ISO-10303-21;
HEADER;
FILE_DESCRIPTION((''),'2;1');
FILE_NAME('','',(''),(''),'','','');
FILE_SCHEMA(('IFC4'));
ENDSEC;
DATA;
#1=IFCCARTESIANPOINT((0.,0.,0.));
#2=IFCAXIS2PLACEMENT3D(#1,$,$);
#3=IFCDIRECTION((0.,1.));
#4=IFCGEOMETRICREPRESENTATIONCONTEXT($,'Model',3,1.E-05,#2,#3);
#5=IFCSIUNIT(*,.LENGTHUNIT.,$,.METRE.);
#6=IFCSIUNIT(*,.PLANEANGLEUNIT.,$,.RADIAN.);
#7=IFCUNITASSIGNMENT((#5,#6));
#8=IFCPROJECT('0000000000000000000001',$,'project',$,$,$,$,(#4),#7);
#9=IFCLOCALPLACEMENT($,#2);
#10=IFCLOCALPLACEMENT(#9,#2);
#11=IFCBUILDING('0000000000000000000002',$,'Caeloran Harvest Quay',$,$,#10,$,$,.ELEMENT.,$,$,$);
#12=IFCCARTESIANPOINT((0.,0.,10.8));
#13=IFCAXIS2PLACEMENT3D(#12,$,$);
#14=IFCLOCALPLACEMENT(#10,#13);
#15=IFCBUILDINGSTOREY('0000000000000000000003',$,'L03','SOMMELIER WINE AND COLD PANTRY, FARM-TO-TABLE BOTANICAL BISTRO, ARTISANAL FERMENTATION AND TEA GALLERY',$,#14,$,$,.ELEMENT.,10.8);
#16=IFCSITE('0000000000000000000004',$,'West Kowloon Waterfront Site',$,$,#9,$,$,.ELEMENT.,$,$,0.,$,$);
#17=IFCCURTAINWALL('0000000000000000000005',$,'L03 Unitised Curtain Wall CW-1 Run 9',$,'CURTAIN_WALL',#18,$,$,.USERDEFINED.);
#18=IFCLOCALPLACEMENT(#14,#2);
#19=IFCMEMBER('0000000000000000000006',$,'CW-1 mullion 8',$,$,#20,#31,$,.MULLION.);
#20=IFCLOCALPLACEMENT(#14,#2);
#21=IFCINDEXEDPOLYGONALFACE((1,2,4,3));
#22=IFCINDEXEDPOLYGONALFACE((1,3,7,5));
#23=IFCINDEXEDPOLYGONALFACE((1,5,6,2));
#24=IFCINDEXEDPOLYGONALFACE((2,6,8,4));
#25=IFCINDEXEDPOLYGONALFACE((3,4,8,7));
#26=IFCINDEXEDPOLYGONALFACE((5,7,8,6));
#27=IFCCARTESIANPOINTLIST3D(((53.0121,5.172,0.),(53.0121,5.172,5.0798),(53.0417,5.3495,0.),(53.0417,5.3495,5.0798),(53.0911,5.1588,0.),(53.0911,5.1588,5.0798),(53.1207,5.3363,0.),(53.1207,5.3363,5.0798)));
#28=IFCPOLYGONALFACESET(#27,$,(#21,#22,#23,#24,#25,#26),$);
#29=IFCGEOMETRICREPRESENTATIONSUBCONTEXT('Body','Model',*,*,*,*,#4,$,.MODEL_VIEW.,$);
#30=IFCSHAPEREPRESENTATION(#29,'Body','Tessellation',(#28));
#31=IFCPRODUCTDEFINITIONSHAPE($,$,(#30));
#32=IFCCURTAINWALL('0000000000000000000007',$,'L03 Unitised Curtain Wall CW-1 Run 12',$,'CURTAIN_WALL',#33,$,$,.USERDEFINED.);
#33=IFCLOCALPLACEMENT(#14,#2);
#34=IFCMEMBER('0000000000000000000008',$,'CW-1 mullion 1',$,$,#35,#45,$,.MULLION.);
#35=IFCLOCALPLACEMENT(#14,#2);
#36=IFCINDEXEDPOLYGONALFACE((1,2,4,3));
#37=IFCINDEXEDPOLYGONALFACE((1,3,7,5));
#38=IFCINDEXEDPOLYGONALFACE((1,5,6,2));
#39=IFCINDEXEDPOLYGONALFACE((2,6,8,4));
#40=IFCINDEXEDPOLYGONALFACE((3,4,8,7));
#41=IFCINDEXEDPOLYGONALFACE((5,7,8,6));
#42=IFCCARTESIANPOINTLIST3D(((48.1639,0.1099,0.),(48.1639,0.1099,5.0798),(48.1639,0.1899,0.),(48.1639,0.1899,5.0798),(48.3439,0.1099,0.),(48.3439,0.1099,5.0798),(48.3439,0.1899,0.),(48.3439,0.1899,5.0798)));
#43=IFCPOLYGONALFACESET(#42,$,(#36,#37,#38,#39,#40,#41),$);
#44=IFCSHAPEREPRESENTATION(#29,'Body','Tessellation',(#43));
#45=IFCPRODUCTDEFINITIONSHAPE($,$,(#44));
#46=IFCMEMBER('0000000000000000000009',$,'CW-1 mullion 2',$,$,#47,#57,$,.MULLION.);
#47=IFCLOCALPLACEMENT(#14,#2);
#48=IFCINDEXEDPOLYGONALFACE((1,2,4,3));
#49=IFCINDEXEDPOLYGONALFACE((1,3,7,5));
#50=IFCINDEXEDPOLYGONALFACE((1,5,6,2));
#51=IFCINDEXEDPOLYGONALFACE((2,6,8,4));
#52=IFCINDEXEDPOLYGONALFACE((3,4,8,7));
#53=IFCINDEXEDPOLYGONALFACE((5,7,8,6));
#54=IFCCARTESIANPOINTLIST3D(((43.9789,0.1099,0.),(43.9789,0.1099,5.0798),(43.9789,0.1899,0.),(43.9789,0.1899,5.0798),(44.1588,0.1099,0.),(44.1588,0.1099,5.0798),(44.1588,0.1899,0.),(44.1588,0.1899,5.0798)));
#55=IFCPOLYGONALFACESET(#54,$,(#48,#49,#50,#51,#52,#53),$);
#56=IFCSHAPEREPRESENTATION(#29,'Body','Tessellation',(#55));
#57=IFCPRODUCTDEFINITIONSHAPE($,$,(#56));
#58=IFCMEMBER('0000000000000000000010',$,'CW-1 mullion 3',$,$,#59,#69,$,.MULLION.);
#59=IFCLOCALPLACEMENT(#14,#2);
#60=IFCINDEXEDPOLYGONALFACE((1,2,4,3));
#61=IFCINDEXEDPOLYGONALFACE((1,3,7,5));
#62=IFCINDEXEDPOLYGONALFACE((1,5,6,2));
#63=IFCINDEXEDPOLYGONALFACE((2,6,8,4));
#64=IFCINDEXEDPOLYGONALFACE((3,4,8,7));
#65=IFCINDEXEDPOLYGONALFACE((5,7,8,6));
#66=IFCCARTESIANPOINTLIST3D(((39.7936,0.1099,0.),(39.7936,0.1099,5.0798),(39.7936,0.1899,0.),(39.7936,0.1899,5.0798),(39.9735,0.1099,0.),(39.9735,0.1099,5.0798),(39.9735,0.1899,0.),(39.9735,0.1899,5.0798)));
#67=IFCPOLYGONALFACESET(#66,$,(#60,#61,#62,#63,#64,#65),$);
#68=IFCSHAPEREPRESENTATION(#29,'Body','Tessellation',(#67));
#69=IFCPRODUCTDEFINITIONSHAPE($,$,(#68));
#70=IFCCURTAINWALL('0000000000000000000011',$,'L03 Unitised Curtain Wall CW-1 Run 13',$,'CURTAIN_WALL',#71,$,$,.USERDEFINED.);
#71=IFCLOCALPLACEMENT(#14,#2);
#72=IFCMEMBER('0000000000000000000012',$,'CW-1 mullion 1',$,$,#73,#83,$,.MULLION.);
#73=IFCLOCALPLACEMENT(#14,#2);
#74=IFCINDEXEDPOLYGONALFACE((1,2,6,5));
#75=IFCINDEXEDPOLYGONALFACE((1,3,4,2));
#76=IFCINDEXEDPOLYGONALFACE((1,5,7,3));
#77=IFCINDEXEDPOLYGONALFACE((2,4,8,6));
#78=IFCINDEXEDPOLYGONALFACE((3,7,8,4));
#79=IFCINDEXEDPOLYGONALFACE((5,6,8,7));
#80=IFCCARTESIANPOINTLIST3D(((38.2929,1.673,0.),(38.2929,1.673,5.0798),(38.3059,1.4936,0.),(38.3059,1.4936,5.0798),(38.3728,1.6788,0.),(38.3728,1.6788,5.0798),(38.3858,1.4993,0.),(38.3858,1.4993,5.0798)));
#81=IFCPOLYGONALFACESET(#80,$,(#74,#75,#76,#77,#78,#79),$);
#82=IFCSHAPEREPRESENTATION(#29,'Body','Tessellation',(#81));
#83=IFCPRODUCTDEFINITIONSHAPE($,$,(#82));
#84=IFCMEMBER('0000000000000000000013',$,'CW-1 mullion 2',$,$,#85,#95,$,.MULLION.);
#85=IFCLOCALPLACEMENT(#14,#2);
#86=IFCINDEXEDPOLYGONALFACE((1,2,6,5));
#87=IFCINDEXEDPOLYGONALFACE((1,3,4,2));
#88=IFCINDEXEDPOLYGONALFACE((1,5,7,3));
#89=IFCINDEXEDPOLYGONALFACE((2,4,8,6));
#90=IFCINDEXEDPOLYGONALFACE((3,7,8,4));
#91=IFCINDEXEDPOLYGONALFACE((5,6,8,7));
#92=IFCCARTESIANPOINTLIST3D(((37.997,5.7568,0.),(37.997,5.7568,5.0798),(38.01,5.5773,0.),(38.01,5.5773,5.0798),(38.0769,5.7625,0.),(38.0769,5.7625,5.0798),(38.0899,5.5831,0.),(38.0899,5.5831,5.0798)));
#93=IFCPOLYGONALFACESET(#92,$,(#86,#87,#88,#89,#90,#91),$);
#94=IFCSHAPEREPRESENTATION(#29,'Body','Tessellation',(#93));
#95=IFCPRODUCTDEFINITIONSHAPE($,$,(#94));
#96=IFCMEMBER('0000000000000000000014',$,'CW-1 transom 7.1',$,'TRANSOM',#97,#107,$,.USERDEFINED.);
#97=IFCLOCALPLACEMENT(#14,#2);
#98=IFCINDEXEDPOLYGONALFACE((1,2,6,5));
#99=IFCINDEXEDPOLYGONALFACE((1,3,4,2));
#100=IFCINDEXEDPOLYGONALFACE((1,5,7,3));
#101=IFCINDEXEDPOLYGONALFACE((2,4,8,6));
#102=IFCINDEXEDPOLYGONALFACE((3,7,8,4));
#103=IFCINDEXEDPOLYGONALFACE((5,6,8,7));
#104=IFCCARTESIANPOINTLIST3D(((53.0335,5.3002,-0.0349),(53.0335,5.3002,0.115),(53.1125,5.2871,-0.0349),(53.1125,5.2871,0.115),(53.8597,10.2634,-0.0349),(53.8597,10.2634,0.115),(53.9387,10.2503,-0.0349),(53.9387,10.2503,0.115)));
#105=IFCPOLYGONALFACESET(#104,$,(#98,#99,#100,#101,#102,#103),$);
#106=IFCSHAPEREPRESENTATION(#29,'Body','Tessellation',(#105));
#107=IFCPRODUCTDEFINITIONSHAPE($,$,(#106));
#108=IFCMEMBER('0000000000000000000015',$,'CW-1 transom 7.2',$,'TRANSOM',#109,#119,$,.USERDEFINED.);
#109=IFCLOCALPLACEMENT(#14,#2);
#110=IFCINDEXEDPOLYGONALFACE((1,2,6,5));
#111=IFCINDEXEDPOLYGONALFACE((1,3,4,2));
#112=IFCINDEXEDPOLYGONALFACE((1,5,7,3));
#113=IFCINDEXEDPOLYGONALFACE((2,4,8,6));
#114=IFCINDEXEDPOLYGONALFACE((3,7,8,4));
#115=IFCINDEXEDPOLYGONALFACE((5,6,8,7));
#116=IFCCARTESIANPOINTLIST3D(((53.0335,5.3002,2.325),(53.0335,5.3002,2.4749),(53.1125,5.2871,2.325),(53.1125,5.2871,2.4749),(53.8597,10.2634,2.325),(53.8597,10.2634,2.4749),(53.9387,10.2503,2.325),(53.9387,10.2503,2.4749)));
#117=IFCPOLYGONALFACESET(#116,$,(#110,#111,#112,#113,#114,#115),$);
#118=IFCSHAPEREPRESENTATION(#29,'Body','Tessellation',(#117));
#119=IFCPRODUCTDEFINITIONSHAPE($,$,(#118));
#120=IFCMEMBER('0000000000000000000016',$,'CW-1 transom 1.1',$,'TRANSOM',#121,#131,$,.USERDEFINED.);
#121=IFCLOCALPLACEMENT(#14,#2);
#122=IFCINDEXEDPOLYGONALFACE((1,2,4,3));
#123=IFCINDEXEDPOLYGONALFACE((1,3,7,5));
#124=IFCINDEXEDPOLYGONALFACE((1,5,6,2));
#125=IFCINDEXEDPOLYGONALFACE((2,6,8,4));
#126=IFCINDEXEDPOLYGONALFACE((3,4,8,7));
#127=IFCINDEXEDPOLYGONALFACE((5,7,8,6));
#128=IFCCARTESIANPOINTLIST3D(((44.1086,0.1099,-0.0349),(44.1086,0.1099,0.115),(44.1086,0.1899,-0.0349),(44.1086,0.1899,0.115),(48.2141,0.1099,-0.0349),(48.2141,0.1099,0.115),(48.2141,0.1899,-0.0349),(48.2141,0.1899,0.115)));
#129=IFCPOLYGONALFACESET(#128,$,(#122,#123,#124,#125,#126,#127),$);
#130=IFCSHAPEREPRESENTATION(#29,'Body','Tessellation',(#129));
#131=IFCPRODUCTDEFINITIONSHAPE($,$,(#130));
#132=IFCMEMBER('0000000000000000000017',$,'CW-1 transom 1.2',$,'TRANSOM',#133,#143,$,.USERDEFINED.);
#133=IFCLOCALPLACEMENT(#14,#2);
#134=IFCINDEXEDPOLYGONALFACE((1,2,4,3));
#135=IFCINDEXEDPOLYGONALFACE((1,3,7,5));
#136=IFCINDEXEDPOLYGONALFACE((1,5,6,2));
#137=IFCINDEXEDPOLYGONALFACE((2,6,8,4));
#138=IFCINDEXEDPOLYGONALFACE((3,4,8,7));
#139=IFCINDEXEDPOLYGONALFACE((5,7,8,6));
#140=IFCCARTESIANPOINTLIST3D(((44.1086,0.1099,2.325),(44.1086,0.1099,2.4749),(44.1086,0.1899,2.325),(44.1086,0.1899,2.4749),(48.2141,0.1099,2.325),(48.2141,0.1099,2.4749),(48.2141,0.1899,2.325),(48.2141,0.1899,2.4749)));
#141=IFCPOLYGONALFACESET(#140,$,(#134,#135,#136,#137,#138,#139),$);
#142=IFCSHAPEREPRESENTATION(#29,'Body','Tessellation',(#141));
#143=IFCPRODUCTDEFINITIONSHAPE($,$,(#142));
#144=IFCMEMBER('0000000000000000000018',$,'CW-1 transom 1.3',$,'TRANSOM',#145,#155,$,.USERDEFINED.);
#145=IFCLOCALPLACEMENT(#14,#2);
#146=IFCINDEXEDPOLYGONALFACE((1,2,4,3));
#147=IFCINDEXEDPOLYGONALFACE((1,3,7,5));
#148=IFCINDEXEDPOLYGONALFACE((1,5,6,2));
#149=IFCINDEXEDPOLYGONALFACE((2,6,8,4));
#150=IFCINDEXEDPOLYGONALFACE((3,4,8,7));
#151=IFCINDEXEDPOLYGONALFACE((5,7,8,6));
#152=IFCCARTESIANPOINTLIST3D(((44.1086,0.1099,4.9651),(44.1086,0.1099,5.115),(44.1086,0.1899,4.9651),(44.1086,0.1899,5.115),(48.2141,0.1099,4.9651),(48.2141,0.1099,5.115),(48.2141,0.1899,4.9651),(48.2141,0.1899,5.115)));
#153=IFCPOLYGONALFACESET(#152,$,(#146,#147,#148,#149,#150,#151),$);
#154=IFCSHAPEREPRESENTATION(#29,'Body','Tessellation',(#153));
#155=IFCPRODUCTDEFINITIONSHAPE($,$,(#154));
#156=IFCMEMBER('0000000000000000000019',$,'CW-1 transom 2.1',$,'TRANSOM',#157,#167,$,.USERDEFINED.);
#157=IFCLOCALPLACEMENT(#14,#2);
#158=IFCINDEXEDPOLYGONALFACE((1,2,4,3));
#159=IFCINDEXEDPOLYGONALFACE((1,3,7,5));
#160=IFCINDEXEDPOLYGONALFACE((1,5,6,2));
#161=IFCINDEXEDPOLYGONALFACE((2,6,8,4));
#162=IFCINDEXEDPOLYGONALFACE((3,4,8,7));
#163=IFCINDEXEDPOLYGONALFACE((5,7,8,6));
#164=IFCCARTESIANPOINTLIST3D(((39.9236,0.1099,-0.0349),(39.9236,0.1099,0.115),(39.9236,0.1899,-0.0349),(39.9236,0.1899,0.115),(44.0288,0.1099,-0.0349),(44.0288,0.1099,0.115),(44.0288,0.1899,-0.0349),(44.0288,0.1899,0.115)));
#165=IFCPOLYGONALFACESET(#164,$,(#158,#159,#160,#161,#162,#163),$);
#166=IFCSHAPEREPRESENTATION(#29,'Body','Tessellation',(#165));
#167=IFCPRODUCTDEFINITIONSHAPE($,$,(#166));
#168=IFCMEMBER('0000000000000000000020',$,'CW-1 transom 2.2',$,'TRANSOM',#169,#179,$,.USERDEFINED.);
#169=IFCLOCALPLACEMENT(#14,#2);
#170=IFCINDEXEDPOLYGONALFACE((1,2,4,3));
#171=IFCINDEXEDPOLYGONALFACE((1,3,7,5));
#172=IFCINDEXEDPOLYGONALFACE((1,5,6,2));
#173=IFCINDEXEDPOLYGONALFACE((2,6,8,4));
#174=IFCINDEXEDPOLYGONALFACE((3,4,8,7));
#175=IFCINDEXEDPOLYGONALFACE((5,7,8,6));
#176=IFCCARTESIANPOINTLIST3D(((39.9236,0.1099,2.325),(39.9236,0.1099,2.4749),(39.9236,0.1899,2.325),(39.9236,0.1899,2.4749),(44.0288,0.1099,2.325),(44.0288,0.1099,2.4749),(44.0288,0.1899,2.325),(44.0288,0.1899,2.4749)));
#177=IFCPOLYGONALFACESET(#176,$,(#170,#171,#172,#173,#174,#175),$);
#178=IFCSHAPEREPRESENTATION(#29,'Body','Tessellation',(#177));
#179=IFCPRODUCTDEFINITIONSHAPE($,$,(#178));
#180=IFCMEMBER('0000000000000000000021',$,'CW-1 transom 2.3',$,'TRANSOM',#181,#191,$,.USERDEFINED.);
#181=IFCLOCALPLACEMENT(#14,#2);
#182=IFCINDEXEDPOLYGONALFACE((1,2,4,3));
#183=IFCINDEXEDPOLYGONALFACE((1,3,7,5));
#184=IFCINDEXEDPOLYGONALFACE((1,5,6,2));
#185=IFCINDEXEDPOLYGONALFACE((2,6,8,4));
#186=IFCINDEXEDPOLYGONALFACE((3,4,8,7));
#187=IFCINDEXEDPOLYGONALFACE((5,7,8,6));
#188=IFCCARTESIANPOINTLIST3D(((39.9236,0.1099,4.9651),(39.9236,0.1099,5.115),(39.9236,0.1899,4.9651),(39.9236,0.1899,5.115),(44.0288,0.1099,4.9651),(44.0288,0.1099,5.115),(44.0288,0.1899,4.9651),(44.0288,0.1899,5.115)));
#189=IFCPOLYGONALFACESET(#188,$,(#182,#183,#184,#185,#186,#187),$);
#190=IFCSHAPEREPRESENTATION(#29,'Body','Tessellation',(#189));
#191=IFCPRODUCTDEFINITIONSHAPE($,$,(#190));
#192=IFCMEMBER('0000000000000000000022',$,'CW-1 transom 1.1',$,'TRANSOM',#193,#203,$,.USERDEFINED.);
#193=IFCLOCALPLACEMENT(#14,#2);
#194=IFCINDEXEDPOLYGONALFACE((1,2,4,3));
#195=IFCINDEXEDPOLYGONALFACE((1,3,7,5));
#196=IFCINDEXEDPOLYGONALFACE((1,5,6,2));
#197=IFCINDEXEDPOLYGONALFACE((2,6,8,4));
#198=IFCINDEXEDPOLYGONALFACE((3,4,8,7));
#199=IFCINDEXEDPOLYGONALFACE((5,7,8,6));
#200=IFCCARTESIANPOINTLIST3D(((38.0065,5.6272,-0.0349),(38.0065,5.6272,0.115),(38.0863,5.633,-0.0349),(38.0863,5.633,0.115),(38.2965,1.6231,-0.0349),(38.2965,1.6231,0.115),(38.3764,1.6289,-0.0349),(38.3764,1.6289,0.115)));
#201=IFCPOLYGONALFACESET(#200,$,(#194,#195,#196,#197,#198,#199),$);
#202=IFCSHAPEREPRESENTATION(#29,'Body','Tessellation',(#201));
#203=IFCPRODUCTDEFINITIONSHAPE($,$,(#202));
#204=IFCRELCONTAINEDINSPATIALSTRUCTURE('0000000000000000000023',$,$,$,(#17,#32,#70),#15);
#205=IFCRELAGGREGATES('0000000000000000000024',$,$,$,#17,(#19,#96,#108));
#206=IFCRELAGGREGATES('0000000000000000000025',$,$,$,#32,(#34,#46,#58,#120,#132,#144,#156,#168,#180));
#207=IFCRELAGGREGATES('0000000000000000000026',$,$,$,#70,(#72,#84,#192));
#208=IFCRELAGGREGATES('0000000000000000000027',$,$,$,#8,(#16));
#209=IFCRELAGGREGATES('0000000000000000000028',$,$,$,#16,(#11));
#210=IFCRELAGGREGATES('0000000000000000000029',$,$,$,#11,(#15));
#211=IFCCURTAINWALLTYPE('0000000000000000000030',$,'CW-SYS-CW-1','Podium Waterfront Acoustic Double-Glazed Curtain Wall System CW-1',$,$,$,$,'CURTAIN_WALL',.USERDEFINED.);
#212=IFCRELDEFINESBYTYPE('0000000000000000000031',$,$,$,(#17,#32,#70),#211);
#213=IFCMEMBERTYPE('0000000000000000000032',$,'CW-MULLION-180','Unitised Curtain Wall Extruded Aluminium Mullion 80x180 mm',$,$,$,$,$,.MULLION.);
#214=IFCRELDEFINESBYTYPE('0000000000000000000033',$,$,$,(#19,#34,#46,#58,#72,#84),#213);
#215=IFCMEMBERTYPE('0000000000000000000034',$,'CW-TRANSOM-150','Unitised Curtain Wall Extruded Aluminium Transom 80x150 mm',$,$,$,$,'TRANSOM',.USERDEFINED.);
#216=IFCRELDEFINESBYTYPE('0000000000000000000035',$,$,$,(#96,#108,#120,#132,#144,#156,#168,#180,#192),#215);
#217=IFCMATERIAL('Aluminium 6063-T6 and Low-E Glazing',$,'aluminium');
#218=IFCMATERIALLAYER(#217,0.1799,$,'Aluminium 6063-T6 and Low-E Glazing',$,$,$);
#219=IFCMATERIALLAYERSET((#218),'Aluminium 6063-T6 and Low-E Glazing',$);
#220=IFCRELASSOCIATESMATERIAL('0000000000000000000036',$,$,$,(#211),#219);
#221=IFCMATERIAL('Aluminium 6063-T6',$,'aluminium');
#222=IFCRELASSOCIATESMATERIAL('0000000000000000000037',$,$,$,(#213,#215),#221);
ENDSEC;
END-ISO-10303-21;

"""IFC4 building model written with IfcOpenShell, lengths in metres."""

from ifc_helpers import new_model, si_unit, direction, frame, origin, origin_2d, place, context, subcontext, project, spatial, rectangle, extrude, material, layer, layer_set, material_profile, profile_set, type_object, element, aggregate, save


model = new_model("IFC4")

# Units and contexts
model_context = context("Model", 3, precision=1e-05, world=origin(), true_north=direction((0.0, 1.0)))
body_context = subcontext(model_context, "Body", "Model", "MODEL_VIEW")
ifc_project = project(units=[si_unit("LENGTHUNIT", "METRE"), si_unit("PLANEANGLEUNIT", "RADIAN")], contexts=[model_context])

# Site, building, storey
site_placement = place(None, origin())
site = spatial("IfcSite", under=ifc_project, at=site_placement, Name="West Kowloon Waterfront Site", CompositionType="ELEMENT", RefElevation=0.0)
building_placement = place(site_placement, origin())
building = spatial("IfcBuilding", under=site, at=building_placement, Name="Caeloran Harvest Quay", CompositionType="ELEMENT")
storey_placement = place(building_placement, frame((0.0, 0.0, 10.8)))
storey = spatial("IfcBuildingStorey", under=building, at=storey_placement, Name="L03", Description="SOMMELIER WINE AND COLD PANTRY, FARM-TO-TABLE BOTANICAL BISTRO, ARTISANAL FERMENTATION AND TEA GALLERY", CompositionType="ELEMENT", Elevation=10.8)

# Curtain wall, member
ifc_material_1 = material(Name="Aluminium 6063-T6 and Low-E Glazing", Category="aluminium")
ifc_layer_1 = layer(ifc_material_1, 0.1799, Name="Aluminium 6063-T6 and Low-E Glazing")
ifc_layer_set_1 = layer_set([ifc_layer_1], Name="Aluminium 6063-T6 and Low-E Glazing")
curtain_wall_type = type_object("IfcCurtainWallType", Name="CW-SYS-CW-1", Description="Podium Waterfront Acoustic Double-Glazed Curtain Wall System CW-1", ElementType="CURTAIN_WALL", PredefinedType="USERDEFINED", material=ifc_layer_set_1)
curtain_wall_1_placement = place(storey_placement, origin())
curtain_wall_1 = element("IfcCurtainWall", 1, at=curtain_wall_1_placement, inside=storey, type_object=curtain_wall_type, Name="L03 Unitised Curtain Wall CW-1 Run 9", ObjectType="CURTAIN_WALL", PredefinedType="USERDEFINED")
ifc_material_2 = material(Name="Aluminium 6063-T6", Category="aluminium")
ifc_material_profile_1 = material_profile(ifc_material_2, rectangle(XDim=0.0801, YDim=0.1799, at=origin_2d()), Name="CW-MULLION-180")
ifc_profile_set_1 = profile_set([ifc_material_profile_1], Name="Aluminium 6063-T6")
member_type_1 = type_object("IfcMemberType", Name="CW-MULLION-180", Description="Unitised Curtain Wall Extruded Aluminium Mullion 80x180 mm", PredefinedType="MULLION", material=ifc_profile_set_1)
member_1_placement = place(storey_placement, frame((53.0664, 5.2542, 0.0), z_axis=(0.0, 0.0, 1.0), x_axis=(0.986431, -0.164174, 0.0)))
member_1 = element("IfcMember", 2, at=member_1_placement, type_object=member_type_1, Name="CW-1 mullion 8", PredefinedType="MULLION", context=body_context, shape_type="SweptSolid", body=[
    extrude(rectangle(XDim=0.0801, YDim=0.1799, at=origin_2d()), origin(), (0.0, 0.0, 1.0), 5.0798),
])

# Curtain walls, members
curtain_wall_2_placement = place(storey_placement, origin())
curtain_wall_2 = element("IfcCurtainWall", 3, at=curtain_wall_2_placement, inside=storey, type_object=curtain_wall_type, Name="L03 Unitised Curtain Wall CW-1 Run 12", ObjectType="CURTAIN_WALL", PredefinedType="USERDEFINED")
member_2_placement = place(storey_placement, frame((48.2539, 0.1499, 0.0), z_axis=(0.0, 0.0, 1.0), x_axis=(0.0, -1.0, 0.0)))
member_2 = element("IfcMember", 4, at=member_2_placement, type_object=member_type_1, Name="CW-1 mullion 1", PredefinedType="MULLION", context=body_context, shape_type="SweptSolid", body=[
    extrude(rectangle(XDim=0.0801, YDim=0.1799, at=origin_2d()), origin(), (0.0, 0.0, 1.0), 5.0798),
])
member_3_placement = place(storey_placement, frame((44.0688, 0.1499, 0.0), z_axis=(0.0, 0.0, 1.0), x_axis=(0.0, -1.0, 0.0)))
member_3 = element("IfcMember", 5, at=member_3_placement, type_object=member_type_1, Name="CW-1 mullion 2", PredefinedType="MULLION", context=body_context, shape_type="SweptSolid", body=[
    extrude(rectangle(XDim=0.0801, YDim=0.1799, at=origin_2d()), origin(), (0.0, 0.0, 1.0), 5.0798),
])
member_4_placement = place(storey_placement, frame((39.8835, 0.1499, 0.0), z_axis=(0.0, 0.0, 1.0), x_axis=(0.0, -1.0, 0.0)))
member_4 = element("IfcMember", 6, at=member_4_placement, type_object=member_type_1, Name="CW-1 mullion 3", PredefinedType="MULLION", context=body_context, shape_type="SweptSolid", body=[
    extrude(rectangle(XDim=0.0801, YDim=0.1799, at=origin_2d()), origin(), (0.0, 0.0, 1.0), 5.0798),
])
curtain_wall_3_placement = place(storey_placement, origin())
curtain_wall_3 = element("IfcCurtainWall", 7, at=curtain_wall_3_placement, inside=storey, type_object=curtain_wall_type, Name="L03 Unitised Curtain Wall CW-1 Run 13", ObjectType="CURTAIN_WALL", PredefinedType="USERDEFINED")
member_5_placement = place(storey_placement, frame((38.3394, 1.5862, 0.0), z_axis=(0.0, 0.0, 1.0), x_axis=(-0.997385, -0.072271, 0.0)))
member_5 = element("IfcMember", 8, at=member_5_placement, type_object=member_type_1, Name="CW-1 mullion 1", PredefinedType="MULLION", context=body_context, shape_type="SweptSolid", body=[
    extrude(rectangle(XDim=0.0801, YDim=0.1799, at=origin_2d()), origin(), (0.0, 0.0, 1.0), 5.0798),
])
member_6_placement = place(storey_placement, frame((38.0435, 5.6699, 0.0), z_axis=(0.0, 0.0, 1.0), x_axis=(-0.997385, -0.072271, 0.0)))
member_6 = element("IfcMember", 9, at=member_6_placement, type_object=member_type_1, Name="CW-1 mullion 2", PredefinedType="MULLION", context=body_context, shape_type="SweptSolid", body=[
    extrude(rectangle(XDim=0.0801, YDim=0.1799, at=origin_2d()), origin(), (0.0, 0.0, 1.0), 5.0798),
])

# Members
ifc_material_profile_2 = material_profile(ifc_material_2, rectangle(XDim=0.0801, YDim=0.1499, at=origin_2d()), Name="CW-TRANSOM-150")
ifc_profile_set_2 = profile_set([ifc_material_profile_2], Name="Aluminium 6063-T6")
member_type_2 = type_object("IfcMemberType", Name="CW-TRANSOM-150", Description="Unitised Curtain Wall Extruded Aluminium Transom 80x150 mm", ElementType="TRANSOM", PredefinedType="USERDEFINED", material=ifc_profile_set_2)
member_7_placement = place(storey_placement, frame((53.8992, 10.2568, 0.04), z_axis=(-0.164202, -0.986427, 0.0), x_axis=(0.986427, -0.164202, 0.0)))
member_7 = element("IfcMember", 10, at=member_7_placement, type_object=member_type_2, Name="CW-1 transom 7.1", ObjectType="TRANSOM", PredefinedType="USERDEFINED", context=body_context, shape_type="SweptSolid", body=[
    extrude(rectangle(XDim=0.0801, YDim=0.1499, at=origin_2d()), origin(), (0.0, 0.0, 1.0), 5.0315),
])
member_8_placement = place(storey_placement, frame((53.8992, 10.2568, 2.3999), z_axis=(-0.164202, -0.986427, 0.0), x_axis=(0.986427, -0.164202, 0.0)))
member_8 = element("IfcMember", 11, at=member_8_placement, type_object=member_type_2, Name="CW-1 transom 7.2", ObjectType="TRANSOM", PredefinedType="USERDEFINED", context=body_context, shape_type="SweptSolid", body=[
    extrude(rectangle(XDim=0.0801, YDim=0.1499, at=origin_2d()), origin(), (0.0, 0.0, 1.0), 5.0315),
])
member_9_placement = place(storey_placement, frame((48.2141, 0.1499, 0.04), z_axis=(-1.0, 0.0, 0.0), x_axis=(0.0, -1.0, 0.0)))
member_9 = element("IfcMember", 12, at=member_9_placement, type_object=member_type_2, Name="CW-1 transom 1.1", ObjectType="TRANSOM", PredefinedType="USERDEFINED", context=body_context, shape_type="SweptSolid", body=[
    extrude(rectangle(XDim=0.0801, YDim=0.1499, at=origin_2d()), origin(), (0.0, 0.0, 1.0), 4.1055),
])
member_10_placement = place(storey_placement, frame((48.2141, 0.1499, 2.3999), z_axis=(-1.0, 0.0, 0.0), x_axis=(0.0, -1.0, 0.0)))
member_10 = element("IfcMember", 13, at=member_10_placement, type_object=member_type_2, Name="CW-1 transom 1.2", ObjectType="TRANSOM", PredefinedType="USERDEFINED", context=body_context, shape_type="SweptSolid", body=[
    extrude(rectangle(XDim=0.0801, YDim=0.1499, at=origin_2d()), origin(), (0.0, 0.0, 1.0), 4.1055),
])
member_11_placement = place(storey_placement, frame((48.2141, 0.1499, 5.04), z_axis=(-1.0, 0.0, 0.0), x_axis=(0.0, -1.0, 0.0)))
member_11 = element("IfcMember", 14, at=member_11_placement, type_object=member_type_2, Name="CW-1 transom 1.3", ObjectType="TRANSOM", PredefinedType="USERDEFINED", context=body_context, shape_type="SweptSolid", body=[
    extrude(rectangle(XDim=0.0801, YDim=0.1499, at=origin_2d()), origin(), (0.0, 0.0, 1.0), 4.1055),
])
member_12_placement = place(storey_placement, frame((44.0288, 0.1499, 0.04), z_axis=(-1.0, 0.0, 0.0), x_axis=(0.0, -1.0, 0.0)))
member_12 = element("IfcMember", 15, at=member_12_placement, type_object=member_type_2, Name="CW-1 transom 2.1", ObjectType="TRANSOM", PredefinedType="USERDEFINED", context=body_context, shape_type="SweptSolid", body=[
    extrude(rectangle(XDim=0.0801, YDim=0.1499, at=origin_2d()), origin(), (0.0, 0.0, 1.0), 4.1052),
])
member_13_placement = place(storey_placement, frame((44.0288, 0.1499, 2.3999), z_axis=(-1.0, 0.0, 0.0), x_axis=(0.0, -1.0, 0.0)))
member_13 = element("IfcMember", 16, at=member_13_placement, type_object=member_type_2, Name="CW-1 transom 2.2", ObjectType="TRANSOM", PredefinedType="USERDEFINED", context=body_context, shape_type="SweptSolid", body=[
    extrude(rectangle(XDim=0.0801, YDim=0.1499, at=origin_2d()), origin(), (0.0, 0.0, 1.0), 4.1052),
])
member_14_placement = place(storey_placement, frame((44.0288, 0.1499, 5.04), z_axis=(-1.0, 0.0, 0.0), x_axis=(0.0, -1.0, 0.0)))
member_14 = element("IfcMember", 17, at=member_14_placement, type_object=member_type_2, Name="CW-1 transom 2.3", ObjectType="TRANSOM", PredefinedType="USERDEFINED", context=body_context, shape_type="SweptSolid", body=[
    extrude(rectangle(XDim=0.0801, YDim=0.1499, at=origin_2d()), origin(), (0.0, 0.0, 1.0), 4.1052),
])
member_15_placement = place(storey_placement, frame((38.3364, 1.626, 0.04), z_axis=(-0.072245, 0.997387, 0.0), x_axis=(-0.997387, -0.072245, 0.0)))
member_15 = element("IfcMember", 18, at=member_15_placement, type_object=member_type_2, Name="CW-1 transom 1.1", ObjectType="TRANSOM", PredefinedType="USERDEFINED", context=body_context, shape_type="SweptSolid", body=[
    extrude(rectangle(XDim=0.0801, YDim=0.1499, at=origin_2d()), origin(), (0.0, 0.0, 1.0), 4.0146),
])

aggregate(curtain_wall_1, [member_1, member_7, member_8])
aggregate(curtain_wall_2, [member_2, member_3, member_4, member_9, member_10, member_11, member_12, member_13, member_14])
aggregate(curtain_wall_3, [member_5, member_6, member_15])

save(model, "model.ifc")
